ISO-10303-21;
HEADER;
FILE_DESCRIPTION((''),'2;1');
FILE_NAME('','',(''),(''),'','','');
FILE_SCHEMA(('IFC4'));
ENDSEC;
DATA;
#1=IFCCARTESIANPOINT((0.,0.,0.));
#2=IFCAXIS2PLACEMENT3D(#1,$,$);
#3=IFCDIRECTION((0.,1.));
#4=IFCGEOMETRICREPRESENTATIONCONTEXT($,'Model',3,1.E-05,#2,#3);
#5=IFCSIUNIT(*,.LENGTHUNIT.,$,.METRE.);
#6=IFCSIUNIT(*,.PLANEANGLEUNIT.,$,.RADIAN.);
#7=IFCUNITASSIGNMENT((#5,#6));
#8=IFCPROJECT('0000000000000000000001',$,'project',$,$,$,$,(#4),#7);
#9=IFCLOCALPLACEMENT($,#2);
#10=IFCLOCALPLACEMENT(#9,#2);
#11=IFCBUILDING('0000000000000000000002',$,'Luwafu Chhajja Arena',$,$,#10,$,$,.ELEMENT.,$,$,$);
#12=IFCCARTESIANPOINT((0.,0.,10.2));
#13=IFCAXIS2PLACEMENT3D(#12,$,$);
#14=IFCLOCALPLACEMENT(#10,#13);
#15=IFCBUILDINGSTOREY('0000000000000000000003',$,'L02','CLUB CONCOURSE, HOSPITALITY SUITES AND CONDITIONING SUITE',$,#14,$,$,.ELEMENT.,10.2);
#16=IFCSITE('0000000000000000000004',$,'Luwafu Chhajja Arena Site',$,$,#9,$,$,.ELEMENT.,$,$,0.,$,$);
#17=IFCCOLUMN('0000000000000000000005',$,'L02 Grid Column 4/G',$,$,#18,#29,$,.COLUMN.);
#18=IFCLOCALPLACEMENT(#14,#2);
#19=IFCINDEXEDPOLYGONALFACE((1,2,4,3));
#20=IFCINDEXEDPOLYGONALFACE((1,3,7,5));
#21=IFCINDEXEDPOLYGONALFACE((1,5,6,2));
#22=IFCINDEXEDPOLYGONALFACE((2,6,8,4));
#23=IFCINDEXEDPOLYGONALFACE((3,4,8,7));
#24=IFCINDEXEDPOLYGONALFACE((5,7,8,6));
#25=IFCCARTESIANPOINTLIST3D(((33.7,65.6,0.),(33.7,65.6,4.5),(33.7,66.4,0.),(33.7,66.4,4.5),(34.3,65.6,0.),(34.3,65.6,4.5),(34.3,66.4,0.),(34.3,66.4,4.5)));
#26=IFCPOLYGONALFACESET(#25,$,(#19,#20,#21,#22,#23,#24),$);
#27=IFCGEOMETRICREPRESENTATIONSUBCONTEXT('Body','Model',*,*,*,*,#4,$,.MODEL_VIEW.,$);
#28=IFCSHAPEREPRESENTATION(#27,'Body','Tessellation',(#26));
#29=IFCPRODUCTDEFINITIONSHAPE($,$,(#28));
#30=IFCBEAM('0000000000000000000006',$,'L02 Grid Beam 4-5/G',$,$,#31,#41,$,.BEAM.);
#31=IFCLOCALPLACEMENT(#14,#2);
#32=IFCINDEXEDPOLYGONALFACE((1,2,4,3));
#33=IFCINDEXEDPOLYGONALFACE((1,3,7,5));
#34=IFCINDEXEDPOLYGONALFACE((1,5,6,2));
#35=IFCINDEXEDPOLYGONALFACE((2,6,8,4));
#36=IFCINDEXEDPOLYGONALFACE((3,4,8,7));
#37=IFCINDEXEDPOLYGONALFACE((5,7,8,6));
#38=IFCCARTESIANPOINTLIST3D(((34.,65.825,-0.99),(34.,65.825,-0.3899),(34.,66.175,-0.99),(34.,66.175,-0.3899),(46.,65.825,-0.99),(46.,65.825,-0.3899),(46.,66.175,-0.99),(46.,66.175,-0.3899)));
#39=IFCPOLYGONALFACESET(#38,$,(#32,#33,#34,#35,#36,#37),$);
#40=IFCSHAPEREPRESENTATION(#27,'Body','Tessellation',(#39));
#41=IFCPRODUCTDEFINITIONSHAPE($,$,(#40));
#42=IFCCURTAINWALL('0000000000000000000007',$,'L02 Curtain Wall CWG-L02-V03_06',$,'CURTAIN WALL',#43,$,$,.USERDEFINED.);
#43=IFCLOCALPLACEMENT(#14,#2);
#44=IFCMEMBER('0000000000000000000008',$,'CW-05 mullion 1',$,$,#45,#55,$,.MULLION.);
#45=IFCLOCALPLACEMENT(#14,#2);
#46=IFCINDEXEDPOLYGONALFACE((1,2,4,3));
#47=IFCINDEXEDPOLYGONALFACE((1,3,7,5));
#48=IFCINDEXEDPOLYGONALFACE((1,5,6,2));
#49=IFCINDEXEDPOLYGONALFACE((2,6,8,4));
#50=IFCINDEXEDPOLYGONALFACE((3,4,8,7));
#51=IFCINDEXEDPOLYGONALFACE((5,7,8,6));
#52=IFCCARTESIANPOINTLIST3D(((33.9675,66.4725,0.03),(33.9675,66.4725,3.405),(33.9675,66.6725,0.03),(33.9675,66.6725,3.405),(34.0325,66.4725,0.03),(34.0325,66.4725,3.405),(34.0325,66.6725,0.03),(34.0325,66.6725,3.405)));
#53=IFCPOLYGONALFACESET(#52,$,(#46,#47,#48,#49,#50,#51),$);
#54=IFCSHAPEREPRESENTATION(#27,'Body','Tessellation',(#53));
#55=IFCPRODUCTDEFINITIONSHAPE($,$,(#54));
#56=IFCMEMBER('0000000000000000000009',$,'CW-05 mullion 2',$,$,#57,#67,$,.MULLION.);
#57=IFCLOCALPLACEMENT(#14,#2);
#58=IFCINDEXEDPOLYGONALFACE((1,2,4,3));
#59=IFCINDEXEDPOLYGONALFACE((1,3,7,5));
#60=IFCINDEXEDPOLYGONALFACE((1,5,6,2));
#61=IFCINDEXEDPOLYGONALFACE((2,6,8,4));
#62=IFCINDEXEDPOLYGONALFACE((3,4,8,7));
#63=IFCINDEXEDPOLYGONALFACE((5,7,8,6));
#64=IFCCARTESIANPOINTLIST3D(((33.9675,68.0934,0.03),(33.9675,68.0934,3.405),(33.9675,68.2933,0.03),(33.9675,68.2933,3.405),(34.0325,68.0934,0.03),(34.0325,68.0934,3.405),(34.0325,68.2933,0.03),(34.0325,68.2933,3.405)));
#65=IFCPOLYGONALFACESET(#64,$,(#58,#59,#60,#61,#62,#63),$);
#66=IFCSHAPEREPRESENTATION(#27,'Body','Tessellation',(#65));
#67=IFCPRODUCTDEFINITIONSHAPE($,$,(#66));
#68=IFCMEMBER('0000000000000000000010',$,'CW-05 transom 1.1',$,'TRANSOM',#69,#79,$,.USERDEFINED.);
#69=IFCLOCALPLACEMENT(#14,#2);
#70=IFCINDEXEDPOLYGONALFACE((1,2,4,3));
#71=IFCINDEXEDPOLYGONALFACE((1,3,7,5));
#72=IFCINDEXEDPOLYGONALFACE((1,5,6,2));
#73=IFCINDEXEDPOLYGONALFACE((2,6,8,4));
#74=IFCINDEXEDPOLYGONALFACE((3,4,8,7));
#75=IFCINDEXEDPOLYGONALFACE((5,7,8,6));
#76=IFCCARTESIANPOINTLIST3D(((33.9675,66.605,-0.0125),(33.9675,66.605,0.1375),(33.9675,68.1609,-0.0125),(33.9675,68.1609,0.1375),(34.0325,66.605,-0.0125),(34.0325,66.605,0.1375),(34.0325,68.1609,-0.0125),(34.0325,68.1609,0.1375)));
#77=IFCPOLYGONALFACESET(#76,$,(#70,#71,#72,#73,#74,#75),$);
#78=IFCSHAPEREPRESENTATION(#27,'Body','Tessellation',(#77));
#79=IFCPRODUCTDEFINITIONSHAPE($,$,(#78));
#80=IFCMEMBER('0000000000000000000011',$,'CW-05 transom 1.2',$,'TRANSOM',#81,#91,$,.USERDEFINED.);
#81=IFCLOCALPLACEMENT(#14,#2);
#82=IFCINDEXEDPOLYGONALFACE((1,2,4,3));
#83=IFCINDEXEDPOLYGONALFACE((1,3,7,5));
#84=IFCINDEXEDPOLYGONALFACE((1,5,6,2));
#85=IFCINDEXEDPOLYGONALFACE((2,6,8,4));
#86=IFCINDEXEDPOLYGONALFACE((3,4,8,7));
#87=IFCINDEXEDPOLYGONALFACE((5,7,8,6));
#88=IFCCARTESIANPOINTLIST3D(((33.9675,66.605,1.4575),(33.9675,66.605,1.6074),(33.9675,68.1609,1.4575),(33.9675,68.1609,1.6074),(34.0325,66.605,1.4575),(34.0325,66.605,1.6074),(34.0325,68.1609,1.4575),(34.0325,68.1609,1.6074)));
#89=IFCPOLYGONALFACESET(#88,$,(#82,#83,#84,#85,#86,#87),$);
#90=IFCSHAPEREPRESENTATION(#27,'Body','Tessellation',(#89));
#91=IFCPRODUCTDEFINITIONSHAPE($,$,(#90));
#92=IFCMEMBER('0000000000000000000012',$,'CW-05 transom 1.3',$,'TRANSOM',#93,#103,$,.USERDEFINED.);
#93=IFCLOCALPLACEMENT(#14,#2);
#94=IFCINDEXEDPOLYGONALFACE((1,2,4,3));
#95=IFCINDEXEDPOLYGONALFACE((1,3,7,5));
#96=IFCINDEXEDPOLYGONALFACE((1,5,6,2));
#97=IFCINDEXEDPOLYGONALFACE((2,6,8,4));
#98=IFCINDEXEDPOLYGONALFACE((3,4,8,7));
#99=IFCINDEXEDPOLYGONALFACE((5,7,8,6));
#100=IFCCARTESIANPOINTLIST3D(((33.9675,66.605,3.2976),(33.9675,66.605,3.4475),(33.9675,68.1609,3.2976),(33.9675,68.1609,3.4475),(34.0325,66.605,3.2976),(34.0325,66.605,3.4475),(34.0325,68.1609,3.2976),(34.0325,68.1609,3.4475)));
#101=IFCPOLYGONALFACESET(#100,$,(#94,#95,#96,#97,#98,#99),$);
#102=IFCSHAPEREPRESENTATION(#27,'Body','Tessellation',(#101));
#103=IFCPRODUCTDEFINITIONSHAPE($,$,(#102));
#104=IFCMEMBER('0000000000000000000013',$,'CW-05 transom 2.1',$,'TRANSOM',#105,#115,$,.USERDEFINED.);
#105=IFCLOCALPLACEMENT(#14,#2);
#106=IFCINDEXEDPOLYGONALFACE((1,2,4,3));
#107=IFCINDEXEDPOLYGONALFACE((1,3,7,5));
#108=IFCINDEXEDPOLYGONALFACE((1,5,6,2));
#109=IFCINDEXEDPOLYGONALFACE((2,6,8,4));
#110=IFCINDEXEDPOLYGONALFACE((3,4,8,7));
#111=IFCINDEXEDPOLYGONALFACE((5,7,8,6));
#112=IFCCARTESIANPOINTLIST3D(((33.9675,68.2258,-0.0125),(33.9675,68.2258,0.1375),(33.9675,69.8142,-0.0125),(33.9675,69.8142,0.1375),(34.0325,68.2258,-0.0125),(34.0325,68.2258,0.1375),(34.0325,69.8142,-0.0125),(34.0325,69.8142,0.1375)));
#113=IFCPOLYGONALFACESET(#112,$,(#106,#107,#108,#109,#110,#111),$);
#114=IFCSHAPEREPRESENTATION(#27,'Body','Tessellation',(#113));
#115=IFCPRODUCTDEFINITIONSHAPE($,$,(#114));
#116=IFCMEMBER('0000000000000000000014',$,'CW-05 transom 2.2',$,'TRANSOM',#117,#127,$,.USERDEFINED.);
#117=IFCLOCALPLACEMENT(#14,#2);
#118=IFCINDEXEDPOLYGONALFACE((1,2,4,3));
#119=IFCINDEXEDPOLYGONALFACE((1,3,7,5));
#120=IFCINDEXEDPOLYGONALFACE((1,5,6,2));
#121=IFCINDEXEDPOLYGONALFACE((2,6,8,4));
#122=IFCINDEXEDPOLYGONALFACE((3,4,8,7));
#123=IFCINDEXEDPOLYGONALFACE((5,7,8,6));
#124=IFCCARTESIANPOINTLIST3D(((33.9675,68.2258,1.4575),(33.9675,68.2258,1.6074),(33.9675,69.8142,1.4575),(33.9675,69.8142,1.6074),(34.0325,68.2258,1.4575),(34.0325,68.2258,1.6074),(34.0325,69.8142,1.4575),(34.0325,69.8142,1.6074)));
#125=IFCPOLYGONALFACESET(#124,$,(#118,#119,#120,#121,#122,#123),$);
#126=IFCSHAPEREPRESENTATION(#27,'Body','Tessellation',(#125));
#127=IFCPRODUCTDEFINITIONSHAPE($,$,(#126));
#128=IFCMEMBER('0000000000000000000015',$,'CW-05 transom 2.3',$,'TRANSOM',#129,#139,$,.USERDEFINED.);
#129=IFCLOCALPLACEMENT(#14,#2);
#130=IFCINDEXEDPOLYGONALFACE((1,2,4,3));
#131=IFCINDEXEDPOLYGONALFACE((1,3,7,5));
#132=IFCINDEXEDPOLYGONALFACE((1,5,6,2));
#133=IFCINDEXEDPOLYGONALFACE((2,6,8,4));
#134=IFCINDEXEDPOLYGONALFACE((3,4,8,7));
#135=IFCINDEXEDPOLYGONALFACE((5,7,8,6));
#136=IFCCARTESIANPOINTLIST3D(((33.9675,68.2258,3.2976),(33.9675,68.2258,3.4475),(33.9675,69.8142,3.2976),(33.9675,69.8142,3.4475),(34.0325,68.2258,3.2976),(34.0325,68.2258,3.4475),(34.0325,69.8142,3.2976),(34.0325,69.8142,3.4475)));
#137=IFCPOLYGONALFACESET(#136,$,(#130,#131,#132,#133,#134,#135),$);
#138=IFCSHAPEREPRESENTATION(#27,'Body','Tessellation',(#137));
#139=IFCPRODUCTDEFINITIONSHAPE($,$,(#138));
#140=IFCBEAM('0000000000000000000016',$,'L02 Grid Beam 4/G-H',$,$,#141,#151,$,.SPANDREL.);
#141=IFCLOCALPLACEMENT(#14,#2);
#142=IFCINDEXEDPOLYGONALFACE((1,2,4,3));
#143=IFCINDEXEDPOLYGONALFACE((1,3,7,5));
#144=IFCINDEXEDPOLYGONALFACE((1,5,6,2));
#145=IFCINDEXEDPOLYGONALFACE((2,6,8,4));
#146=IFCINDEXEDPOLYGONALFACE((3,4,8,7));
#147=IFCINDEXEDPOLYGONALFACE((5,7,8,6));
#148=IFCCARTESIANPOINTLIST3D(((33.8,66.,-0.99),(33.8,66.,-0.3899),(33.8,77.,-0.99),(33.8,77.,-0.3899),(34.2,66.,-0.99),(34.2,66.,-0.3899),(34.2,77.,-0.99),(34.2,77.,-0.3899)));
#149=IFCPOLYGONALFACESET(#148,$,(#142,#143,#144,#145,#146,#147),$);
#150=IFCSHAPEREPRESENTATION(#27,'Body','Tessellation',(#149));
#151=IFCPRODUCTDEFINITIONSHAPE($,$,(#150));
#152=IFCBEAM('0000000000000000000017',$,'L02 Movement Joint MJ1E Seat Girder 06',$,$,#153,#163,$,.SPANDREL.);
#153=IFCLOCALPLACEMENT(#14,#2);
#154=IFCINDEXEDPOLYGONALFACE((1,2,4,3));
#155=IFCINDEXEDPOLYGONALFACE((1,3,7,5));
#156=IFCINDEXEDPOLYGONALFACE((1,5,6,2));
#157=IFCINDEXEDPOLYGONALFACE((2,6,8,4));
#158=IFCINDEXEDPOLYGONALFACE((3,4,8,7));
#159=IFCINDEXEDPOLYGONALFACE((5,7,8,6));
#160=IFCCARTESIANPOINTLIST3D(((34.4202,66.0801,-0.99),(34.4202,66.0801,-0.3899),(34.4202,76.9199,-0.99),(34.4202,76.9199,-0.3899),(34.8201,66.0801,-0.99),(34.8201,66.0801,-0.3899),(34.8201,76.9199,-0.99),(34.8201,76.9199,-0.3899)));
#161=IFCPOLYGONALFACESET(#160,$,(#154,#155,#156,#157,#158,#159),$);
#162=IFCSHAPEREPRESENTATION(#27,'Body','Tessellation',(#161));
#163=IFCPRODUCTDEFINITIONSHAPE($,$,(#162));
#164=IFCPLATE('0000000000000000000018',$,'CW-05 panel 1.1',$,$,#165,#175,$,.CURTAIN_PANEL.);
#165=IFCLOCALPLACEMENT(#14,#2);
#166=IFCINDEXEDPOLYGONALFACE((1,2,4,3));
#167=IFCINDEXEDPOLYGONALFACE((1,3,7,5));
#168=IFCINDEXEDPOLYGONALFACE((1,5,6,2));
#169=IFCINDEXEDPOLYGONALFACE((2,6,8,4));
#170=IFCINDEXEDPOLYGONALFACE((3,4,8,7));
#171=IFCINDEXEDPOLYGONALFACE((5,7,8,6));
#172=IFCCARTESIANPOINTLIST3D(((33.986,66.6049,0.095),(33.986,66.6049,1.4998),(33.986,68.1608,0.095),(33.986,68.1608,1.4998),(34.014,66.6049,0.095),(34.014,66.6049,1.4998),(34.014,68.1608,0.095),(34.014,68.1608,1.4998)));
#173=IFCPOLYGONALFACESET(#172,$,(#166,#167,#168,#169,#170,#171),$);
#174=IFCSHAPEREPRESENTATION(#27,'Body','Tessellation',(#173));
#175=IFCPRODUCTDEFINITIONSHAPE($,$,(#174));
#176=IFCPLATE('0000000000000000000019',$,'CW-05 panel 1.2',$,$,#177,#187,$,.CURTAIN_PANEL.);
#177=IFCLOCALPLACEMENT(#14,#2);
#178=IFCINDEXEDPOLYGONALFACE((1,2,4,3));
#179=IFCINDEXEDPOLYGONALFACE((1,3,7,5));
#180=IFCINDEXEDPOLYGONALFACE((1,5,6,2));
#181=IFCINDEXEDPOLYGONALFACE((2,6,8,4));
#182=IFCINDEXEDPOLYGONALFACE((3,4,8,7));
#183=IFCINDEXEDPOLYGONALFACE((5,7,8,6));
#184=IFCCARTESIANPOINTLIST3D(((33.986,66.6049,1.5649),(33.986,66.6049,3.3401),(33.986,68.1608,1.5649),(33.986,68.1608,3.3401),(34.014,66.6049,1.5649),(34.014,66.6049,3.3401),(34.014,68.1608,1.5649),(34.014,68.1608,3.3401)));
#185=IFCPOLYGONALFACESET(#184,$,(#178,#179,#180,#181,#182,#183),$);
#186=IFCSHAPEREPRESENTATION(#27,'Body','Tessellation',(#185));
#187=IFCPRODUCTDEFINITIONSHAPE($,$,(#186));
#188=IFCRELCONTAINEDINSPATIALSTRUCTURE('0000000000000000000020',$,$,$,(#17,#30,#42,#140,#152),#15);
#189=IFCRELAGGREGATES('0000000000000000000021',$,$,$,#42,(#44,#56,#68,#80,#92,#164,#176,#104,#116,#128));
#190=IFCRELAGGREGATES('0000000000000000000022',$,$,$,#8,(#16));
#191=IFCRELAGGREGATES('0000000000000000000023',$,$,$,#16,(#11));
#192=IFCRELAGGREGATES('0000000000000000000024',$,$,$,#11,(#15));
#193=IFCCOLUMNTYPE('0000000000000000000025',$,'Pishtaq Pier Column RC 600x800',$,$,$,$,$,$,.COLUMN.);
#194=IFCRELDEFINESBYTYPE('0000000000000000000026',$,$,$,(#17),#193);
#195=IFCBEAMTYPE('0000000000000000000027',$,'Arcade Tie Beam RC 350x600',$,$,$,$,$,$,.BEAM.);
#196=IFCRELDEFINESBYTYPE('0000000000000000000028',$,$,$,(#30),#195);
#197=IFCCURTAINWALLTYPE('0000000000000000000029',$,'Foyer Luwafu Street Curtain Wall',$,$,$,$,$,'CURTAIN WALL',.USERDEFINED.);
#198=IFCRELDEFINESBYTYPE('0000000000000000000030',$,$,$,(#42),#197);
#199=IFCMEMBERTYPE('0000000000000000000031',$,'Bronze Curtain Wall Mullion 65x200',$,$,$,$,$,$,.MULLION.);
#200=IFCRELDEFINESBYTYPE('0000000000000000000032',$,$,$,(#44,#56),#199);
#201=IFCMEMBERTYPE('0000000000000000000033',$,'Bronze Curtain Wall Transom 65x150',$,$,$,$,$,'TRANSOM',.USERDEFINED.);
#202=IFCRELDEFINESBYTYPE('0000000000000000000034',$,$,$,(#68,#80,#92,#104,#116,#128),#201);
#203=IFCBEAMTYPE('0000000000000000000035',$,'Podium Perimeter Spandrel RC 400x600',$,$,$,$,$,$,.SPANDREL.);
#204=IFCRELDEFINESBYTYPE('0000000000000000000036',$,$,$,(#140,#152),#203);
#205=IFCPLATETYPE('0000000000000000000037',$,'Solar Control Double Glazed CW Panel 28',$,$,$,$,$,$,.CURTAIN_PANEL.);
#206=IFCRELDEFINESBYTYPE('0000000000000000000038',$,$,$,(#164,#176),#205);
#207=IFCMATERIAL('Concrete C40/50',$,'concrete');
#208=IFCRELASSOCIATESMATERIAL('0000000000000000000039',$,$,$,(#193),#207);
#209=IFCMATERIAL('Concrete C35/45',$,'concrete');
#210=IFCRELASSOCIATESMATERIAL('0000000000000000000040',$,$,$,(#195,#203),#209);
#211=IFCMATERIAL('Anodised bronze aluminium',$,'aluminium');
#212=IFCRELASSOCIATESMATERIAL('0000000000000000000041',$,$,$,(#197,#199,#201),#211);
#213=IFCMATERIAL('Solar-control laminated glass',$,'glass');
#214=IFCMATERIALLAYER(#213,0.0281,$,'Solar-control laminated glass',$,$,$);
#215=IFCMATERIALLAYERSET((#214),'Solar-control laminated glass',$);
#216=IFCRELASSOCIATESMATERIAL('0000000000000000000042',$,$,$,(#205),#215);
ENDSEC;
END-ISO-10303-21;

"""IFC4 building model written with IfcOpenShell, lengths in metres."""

from ifc_helpers import new_model, si_unit, direction, frame, origin, origin_2d, place, context, subcontext, project, spatial, rectangle, extrude, material, layer, layer_set, material_profile, profile_set, type_object, element, aggregate, save


model = new_model("IFC4")

# Units and contexts
model_context = context("Model", 3, precision=1e-05, world=origin(), true_north=direction((0.0, 1.0)))
body_context = subcontext(model_context, "Body", "Model", "MODEL_VIEW")
ifc_project = project(units=[si_unit("LENGTHUNIT", "METRE"), si_unit("PLANEANGLEUNIT", "RADIAN")], contexts=[model_context])

# Site, building, storey
site_placement = place(None, origin())
site = spatial("IfcSite", under=ifc_project, at=site_placement, Name="Luwafu Chhajja Arena Site", CompositionType="ELEMENT", RefElevation=0.0)
building_placement = place(site_placement, origin())
building = spatial("IfcBuilding", under=site, at=building_placement, Name="Luwafu Chhajja Arena", CompositionType="ELEMENT")
storey_placement = place(building_placement, frame((0.0, 0.0, 10.2)))
storey = spatial("IfcBuildingStorey", under=building, at=storey_placement, Name="L02", Description="CLUB CONCOURSE, HOSPITALITY SUITES AND CONDITIONING SUITE", CompositionType="ELEMENT", Elevation=10.2)

# Column
ifc_material_1 = material(Name="Concrete C40/50", Category="concrete")
ifc_material_profile_1 = material_profile(ifc_material_1, rectangle(XDim=0.6001, YDim=0.8, at=origin_2d()), Name="RC 600x800")
ifc_profile_set_1 = profile_set([ifc_material_profile_1], Name="Concrete C40/50")
column_type = type_object("IfcColumnType", Name="Pishtaq Pier Column RC 600x800", PredefinedType="COLUMN", material=ifc_profile_set_1)
column_placement = place(storey_placement, frame((34.0, 66.0, 0.0), z_axis=(0.0, 0.0, 1.0), x_axis=(1.0, 0.0, 0.0)))
element("IfcColumn", 1, at=column_placement, inside=storey, type_object=column_type, Name="L02 Grid Column 4/G", PredefinedType="COLUMN", context=body_context, shape_type="SweptSolid", body=[
    extrude(rectangle(XDim=0.6001, YDim=0.8, at=origin_2d()), origin(), (0.0, 0.0, 1.0), 4.5),
])

# Beam
ifc_material_2 = material(Name="Concrete C35/45", Category="concrete")
ifc_material_profile_2 = material_profile(ifc_material_2, rectangle(XDim=0.3501, YDim=0.6001, at=origin_2d()), Name="RC 350x600")
ifc_profile_set_2 = profile_set([ifc_material_profile_2], Name="Concrete C35/45")
beam_type_1 = type_object("IfcBeamType", Name="Arcade Tie Beam RC 350x600", PredefinedType="BEAM", material=ifc_profile_set_2)
beam_1_placement = place(storey_placement, frame((34.0, 66.0, -0.6899), z_axis=(1.0, 0.0, 0.0), x_axis=(0.0, 1.0, 0.0)))
element("IfcBeam", 2, at=beam_1_placement, inside=storey, type_object=beam_type_1, Name="L02 Grid Beam 4-5/G", PredefinedType="BEAM", context=body_context, shape_type="SweptSolid", body=[
    extrude(rectangle(XDim=0.3501, YDim=0.6001, at=origin_2d()), origin(), (0.0, 0.0, 1.0), 12.0),
])

# Curtain wall, members
ifc_material_3 = material(Name="Anodised bronze aluminium", Category="aluminium")
curtain_wall_type = type_object("IfcCurtainWallType", Name="Foyer Luwafu Street Curtain Wall", ElementType="CURTAIN WALL", PredefinedType="USERDEFINED", material=ifc_material_3)
curtain_wall_placement = place(storey_placement, origin())
curtain_wall = element("IfcCurtainWall", 3, at=curtain_wall_placement, inside=storey, type_object=curtain_wall_type, Name="L02 Curtain Wall CWG-L02-V03_06", ObjectType="CURTAIN WALL", PredefinedType="USERDEFINED")
ifc_material_profile_3 = material_profile(ifc_material_3, rectangle(XDim=0.0649, YDim=0.2, at=origin_2d()), Name="CWM 65x200")
ifc_profile_set_3 = profile_set([ifc_material_profile_3], Name="Anodised bronze aluminium")
member_type_1 = type_object("IfcMemberType", Name="Bronze Curtain Wall Mullion 65x200", PredefinedType="MULLION", material=ifc_profile_set_3)
member_1_placement = place(storey_placement, frame((34.0, 66.5725, 0.03), z_axis=(0.0, 0.0, 1.0), x_axis=(-1.0, 0.0, 0.0)))
member_1 = element("IfcMember", 4, at=member_1_placement, type_object=member_type_1, Name="CW-05 mullion 1", PredefinedType="MULLION", context=body_context, shape_type="SweptSolid", body=[
    extrude(rectangle(XDim=0.0649, YDim=0.2, at=origin_2d()), origin(), (0.0, 0.0, 1.0), 3.375),
])
member_2_placement = place(storey_placement, frame((34.0, 68.1934, 0.03), z_axis=(0.0, 0.0, 1.0), x_axis=(-1.0, 0.0, 0.0)))
member_2 = element("IfcMember", 5, at=member_2_placement, type_object=member_type_1, Name="CW-05 mullion 2", PredefinedType="MULLION", context=body_context, shape_type="SweptSolid", body=[
    extrude(rectangle(XDim=0.0649, YDim=0.2, at=origin_2d()), origin(), (0.0, 0.0, 1.0), 3.375),
])
ifc_material_profile_4 = material_profile(ifc_material_3, rectangle(XDim=0.0649, YDim=0.1499, at=origin_2d()), Name="CWT 65x150")
ifc_profile_set_4 = profile_set([ifc_material_profile_4], Name="Anodised bronze aluminium")
member_type_2 = type_object("IfcMemberType", Name="Bronze Curtain Wall Transom 65x150", ElementType="TRANSOM", PredefinedType="USERDEFINED", material=ifc_profile_set_4)
member_3_placement = place(storey_placement, frame((34.0, 66.605, 0.0625), z_axis=(0.0, 1.0, 0.0), x_axis=(-1.0, 0.0, 0.0)))
member_3 = element("IfcMember", 6, at=member_3_placement, type_object=member_type_2, Name="CW-05 transom 1.1", ObjectType="TRANSOM", PredefinedType="USERDEFINED", context=body_context, shape_type="SweptSolid", body=[
    extrude(rectangle(XDim=0.0649, YDim=0.1499, at=origin_2d()), origin(), (0.0, 0.0, 1.0), 1.5559),
])
member_4_placement = place(storey_placement, frame((34.0, 66.605, 1.5325), z_axis=(0.0, 1.0, 0.0), x_axis=(-1.0, 0.0, 0.0)))
member_4 = element("IfcMember", 7, at=member_4_placement, type_object=member_type_2, Name="CW-05 transom 1.2", ObjectType="TRANSOM", PredefinedType="USERDEFINED", context=body_context, shape_type="SweptSolid", body=[
    extrude(rectangle(XDim=0.0649, YDim=0.1499, at=origin_2d()), origin(), (0.0, 0.0, 1.0), 1.5559),
])
member_5_placement = place(storey_placement, frame((34.0, 66.605, 3.3726), z_axis=(0.0, 1.0, 0.0), x_axis=(-1.0, 0.0, 0.0)))
member_5 = element("IfcMember", 8, at=member_5_placement, type_object=member_type_2, Name="CW-05 transom 1.3", ObjectType="TRANSOM", PredefinedType="USERDEFINED", context=body_context, shape_type="SweptSolid", body=[
    extrude(rectangle(XDim=0.0649, YDim=0.1499, at=origin_2d()), origin(), (0.0, 0.0, 1.0), 1.5559),
])
member_6_placement = place(storey_placement, frame((34.0, 68.2258, 0.0625), z_axis=(0.0, 1.0, 0.0), x_axis=(-1.0, 0.0, 0.0)))
member_6 = element("IfcMember", 9, at=member_6_placement, type_object=member_type_2, Name="CW-05 transom 2.1", ObjectType="TRANSOM", PredefinedType="USERDEFINED", context=body_context, shape_type="SweptSolid", body=[
    extrude(rectangle(XDim=0.0649, YDim=0.1499, at=origin_2d()), origin(), (0.0, 0.0, 1.0), 1.5884),
])
member_7_placement = place(storey_placement, frame((34.0, 68.2258, 1.5325), z_axis=(0.0, 1.0, 0.0), x_axis=(-1.0, 0.0, 0.0)))
member_7 = element("IfcMember", 10, at=member_7_placement, type_object=member_type_2, Name="CW-05 transom 2.2", ObjectType="TRANSOM", PredefinedType="USERDEFINED", context=body_context, shape_type="SweptSolid", body=[
    extrude(rectangle(XDim=0.0649, YDim=0.1499, at=origin_2d()), origin(), (0.0, 0.0, 1.0), 1.5884),
])
member_8_placement = place(storey_placement, frame((34.0, 68.2258, 3.3726), z_axis=(0.0, 1.0, 0.0), x_axis=(-1.0, 0.0, 0.0)))
member_8 = element("IfcMember", 11, at=member_8_placement, type_object=member_type_2, Name="CW-05 transom 2.3", ObjectType="TRANSOM", PredefinedType="USERDEFINED", context=body_context, shape_type="SweptSolid", body=[
    extrude(rectangle(XDim=0.0649, YDim=0.1499, at=origin_2d()), origin(), (0.0, 0.0, 1.0), 1.5884),
])

# Beams
ifc_material_profile_5 = material_profile(ifc_material_2, rectangle(XDim=0.3999, YDim=0.6001, at=origin_2d()), Name="RC 400x600")
ifc_profile_set_5 = profile_set([ifc_material_profile_5], Name="Concrete C35/45")
beam_type_2 = type_object("IfcBeamType", Name="Podium Perimeter Spandrel RC 400x600", PredefinedType="SPANDREL", material=ifc_profile_set_5)
beam_2_placement = place(storey_placement, frame((34.0, 66.0, -0.6899), z_axis=(0.0, 1.0, 0.0), x_axis=(-1.0, 0.0, 0.0)))
element("IfcBeam", 12, at=beam_2_placement, inside=storey, type_object=beam_type_2, Name="L02 Grid Beam 4/G-H", PredefinedType="SPANDREL", context=body_context, shape_type="SweptSolid", body=[
    extrude(rectangle(XDim=0.3999, YDim=0.6001, at=origin_2d()), origin(), (0.0, 0.0, 1.0), 11.0),
])
beam_3_placement = place(storey_placement, frame((34.6201, 66.0801, -0.6899), z_axis=(0.0, 1.0, 0.0), x_axis=(-1.0, 0.0, 0.0)))
element("IfcBeam", 13, at=beam_3_placement, inside=storey, type_object=beam_type_2, Name="L02 Movement Joint MJ1E Seat Girder 06", PredefinedType="SPANDREL", context=body_context, shape_type="SweptSolid", body=[
    extrude(rectangle(XDim=0.3999, YDim=0.6001, at=origin_2d()), origin(), (0.0, 0.0, 1.0), 10.8398),
])

# Plates
ifc_material_4 = material(Name="Solar-control laminated glass", Category="glass")
ifc_layer_1 = layer(ifc_material_4, 0.0281, Name="Solar-control laminated glass")
ifc_layer_set_1 = layer_set([ifc_layer_1], Name="Solar-control laminated glass")
plate_type = type_object("IfcPlateType", Name="Solar Control Double Glazed CW Panel 28", PredefinedType="CURTAIN_PANEL", material=ifc_layer_set_1)
plate_1_placement = place(storey_placement, frame((34.0, 67.3828, 0.095), z_axis=(0.0, 0.0, 1.0), x_axis=(0.0, 1.0, 0.0)))
plate_1 = element("IfcPlate", 14, at=plate_1_placement, type_object=plate_type, Name="CW-05 panel 1.1", PredefinedType="CURTAIN_PANEL", context=body_context, shape_type="SweptSolid", body=[
    extrude(rectangle(XDim=1.5559, YDim=0.0281, at=origin_2d()), origin(), (0.0, 0.0, 1.0), 1.4048),
])
plate_2_placement = place(storey_placement, frame((34.0, 67.3828, 1.5649), z_axis=(0.0, 0.0, 1.0), x_axis=(0.0, 1.0, 0.0)))
plate_2 = element("IfcPlate", 15, at=plate_2_placement, type_object=plate_type, Name="CW-05 panel 1.2", PredefinedType="CURTAIN_PANEL", context=body_context, shape_type="SweptSolid", body=[
    extrude(rectangle(XDim=1.5559, YDim=0.0281, at=origin_2d()), origin(), (0.0, 0.0, 1.0), 1.7751),
])
aggregate(curtain_wall, [member_1, member_2, member_3, member_4, member_5, plate_1, plate_2, member_6, member_7, member_8])

save(model, "model.ifc")
